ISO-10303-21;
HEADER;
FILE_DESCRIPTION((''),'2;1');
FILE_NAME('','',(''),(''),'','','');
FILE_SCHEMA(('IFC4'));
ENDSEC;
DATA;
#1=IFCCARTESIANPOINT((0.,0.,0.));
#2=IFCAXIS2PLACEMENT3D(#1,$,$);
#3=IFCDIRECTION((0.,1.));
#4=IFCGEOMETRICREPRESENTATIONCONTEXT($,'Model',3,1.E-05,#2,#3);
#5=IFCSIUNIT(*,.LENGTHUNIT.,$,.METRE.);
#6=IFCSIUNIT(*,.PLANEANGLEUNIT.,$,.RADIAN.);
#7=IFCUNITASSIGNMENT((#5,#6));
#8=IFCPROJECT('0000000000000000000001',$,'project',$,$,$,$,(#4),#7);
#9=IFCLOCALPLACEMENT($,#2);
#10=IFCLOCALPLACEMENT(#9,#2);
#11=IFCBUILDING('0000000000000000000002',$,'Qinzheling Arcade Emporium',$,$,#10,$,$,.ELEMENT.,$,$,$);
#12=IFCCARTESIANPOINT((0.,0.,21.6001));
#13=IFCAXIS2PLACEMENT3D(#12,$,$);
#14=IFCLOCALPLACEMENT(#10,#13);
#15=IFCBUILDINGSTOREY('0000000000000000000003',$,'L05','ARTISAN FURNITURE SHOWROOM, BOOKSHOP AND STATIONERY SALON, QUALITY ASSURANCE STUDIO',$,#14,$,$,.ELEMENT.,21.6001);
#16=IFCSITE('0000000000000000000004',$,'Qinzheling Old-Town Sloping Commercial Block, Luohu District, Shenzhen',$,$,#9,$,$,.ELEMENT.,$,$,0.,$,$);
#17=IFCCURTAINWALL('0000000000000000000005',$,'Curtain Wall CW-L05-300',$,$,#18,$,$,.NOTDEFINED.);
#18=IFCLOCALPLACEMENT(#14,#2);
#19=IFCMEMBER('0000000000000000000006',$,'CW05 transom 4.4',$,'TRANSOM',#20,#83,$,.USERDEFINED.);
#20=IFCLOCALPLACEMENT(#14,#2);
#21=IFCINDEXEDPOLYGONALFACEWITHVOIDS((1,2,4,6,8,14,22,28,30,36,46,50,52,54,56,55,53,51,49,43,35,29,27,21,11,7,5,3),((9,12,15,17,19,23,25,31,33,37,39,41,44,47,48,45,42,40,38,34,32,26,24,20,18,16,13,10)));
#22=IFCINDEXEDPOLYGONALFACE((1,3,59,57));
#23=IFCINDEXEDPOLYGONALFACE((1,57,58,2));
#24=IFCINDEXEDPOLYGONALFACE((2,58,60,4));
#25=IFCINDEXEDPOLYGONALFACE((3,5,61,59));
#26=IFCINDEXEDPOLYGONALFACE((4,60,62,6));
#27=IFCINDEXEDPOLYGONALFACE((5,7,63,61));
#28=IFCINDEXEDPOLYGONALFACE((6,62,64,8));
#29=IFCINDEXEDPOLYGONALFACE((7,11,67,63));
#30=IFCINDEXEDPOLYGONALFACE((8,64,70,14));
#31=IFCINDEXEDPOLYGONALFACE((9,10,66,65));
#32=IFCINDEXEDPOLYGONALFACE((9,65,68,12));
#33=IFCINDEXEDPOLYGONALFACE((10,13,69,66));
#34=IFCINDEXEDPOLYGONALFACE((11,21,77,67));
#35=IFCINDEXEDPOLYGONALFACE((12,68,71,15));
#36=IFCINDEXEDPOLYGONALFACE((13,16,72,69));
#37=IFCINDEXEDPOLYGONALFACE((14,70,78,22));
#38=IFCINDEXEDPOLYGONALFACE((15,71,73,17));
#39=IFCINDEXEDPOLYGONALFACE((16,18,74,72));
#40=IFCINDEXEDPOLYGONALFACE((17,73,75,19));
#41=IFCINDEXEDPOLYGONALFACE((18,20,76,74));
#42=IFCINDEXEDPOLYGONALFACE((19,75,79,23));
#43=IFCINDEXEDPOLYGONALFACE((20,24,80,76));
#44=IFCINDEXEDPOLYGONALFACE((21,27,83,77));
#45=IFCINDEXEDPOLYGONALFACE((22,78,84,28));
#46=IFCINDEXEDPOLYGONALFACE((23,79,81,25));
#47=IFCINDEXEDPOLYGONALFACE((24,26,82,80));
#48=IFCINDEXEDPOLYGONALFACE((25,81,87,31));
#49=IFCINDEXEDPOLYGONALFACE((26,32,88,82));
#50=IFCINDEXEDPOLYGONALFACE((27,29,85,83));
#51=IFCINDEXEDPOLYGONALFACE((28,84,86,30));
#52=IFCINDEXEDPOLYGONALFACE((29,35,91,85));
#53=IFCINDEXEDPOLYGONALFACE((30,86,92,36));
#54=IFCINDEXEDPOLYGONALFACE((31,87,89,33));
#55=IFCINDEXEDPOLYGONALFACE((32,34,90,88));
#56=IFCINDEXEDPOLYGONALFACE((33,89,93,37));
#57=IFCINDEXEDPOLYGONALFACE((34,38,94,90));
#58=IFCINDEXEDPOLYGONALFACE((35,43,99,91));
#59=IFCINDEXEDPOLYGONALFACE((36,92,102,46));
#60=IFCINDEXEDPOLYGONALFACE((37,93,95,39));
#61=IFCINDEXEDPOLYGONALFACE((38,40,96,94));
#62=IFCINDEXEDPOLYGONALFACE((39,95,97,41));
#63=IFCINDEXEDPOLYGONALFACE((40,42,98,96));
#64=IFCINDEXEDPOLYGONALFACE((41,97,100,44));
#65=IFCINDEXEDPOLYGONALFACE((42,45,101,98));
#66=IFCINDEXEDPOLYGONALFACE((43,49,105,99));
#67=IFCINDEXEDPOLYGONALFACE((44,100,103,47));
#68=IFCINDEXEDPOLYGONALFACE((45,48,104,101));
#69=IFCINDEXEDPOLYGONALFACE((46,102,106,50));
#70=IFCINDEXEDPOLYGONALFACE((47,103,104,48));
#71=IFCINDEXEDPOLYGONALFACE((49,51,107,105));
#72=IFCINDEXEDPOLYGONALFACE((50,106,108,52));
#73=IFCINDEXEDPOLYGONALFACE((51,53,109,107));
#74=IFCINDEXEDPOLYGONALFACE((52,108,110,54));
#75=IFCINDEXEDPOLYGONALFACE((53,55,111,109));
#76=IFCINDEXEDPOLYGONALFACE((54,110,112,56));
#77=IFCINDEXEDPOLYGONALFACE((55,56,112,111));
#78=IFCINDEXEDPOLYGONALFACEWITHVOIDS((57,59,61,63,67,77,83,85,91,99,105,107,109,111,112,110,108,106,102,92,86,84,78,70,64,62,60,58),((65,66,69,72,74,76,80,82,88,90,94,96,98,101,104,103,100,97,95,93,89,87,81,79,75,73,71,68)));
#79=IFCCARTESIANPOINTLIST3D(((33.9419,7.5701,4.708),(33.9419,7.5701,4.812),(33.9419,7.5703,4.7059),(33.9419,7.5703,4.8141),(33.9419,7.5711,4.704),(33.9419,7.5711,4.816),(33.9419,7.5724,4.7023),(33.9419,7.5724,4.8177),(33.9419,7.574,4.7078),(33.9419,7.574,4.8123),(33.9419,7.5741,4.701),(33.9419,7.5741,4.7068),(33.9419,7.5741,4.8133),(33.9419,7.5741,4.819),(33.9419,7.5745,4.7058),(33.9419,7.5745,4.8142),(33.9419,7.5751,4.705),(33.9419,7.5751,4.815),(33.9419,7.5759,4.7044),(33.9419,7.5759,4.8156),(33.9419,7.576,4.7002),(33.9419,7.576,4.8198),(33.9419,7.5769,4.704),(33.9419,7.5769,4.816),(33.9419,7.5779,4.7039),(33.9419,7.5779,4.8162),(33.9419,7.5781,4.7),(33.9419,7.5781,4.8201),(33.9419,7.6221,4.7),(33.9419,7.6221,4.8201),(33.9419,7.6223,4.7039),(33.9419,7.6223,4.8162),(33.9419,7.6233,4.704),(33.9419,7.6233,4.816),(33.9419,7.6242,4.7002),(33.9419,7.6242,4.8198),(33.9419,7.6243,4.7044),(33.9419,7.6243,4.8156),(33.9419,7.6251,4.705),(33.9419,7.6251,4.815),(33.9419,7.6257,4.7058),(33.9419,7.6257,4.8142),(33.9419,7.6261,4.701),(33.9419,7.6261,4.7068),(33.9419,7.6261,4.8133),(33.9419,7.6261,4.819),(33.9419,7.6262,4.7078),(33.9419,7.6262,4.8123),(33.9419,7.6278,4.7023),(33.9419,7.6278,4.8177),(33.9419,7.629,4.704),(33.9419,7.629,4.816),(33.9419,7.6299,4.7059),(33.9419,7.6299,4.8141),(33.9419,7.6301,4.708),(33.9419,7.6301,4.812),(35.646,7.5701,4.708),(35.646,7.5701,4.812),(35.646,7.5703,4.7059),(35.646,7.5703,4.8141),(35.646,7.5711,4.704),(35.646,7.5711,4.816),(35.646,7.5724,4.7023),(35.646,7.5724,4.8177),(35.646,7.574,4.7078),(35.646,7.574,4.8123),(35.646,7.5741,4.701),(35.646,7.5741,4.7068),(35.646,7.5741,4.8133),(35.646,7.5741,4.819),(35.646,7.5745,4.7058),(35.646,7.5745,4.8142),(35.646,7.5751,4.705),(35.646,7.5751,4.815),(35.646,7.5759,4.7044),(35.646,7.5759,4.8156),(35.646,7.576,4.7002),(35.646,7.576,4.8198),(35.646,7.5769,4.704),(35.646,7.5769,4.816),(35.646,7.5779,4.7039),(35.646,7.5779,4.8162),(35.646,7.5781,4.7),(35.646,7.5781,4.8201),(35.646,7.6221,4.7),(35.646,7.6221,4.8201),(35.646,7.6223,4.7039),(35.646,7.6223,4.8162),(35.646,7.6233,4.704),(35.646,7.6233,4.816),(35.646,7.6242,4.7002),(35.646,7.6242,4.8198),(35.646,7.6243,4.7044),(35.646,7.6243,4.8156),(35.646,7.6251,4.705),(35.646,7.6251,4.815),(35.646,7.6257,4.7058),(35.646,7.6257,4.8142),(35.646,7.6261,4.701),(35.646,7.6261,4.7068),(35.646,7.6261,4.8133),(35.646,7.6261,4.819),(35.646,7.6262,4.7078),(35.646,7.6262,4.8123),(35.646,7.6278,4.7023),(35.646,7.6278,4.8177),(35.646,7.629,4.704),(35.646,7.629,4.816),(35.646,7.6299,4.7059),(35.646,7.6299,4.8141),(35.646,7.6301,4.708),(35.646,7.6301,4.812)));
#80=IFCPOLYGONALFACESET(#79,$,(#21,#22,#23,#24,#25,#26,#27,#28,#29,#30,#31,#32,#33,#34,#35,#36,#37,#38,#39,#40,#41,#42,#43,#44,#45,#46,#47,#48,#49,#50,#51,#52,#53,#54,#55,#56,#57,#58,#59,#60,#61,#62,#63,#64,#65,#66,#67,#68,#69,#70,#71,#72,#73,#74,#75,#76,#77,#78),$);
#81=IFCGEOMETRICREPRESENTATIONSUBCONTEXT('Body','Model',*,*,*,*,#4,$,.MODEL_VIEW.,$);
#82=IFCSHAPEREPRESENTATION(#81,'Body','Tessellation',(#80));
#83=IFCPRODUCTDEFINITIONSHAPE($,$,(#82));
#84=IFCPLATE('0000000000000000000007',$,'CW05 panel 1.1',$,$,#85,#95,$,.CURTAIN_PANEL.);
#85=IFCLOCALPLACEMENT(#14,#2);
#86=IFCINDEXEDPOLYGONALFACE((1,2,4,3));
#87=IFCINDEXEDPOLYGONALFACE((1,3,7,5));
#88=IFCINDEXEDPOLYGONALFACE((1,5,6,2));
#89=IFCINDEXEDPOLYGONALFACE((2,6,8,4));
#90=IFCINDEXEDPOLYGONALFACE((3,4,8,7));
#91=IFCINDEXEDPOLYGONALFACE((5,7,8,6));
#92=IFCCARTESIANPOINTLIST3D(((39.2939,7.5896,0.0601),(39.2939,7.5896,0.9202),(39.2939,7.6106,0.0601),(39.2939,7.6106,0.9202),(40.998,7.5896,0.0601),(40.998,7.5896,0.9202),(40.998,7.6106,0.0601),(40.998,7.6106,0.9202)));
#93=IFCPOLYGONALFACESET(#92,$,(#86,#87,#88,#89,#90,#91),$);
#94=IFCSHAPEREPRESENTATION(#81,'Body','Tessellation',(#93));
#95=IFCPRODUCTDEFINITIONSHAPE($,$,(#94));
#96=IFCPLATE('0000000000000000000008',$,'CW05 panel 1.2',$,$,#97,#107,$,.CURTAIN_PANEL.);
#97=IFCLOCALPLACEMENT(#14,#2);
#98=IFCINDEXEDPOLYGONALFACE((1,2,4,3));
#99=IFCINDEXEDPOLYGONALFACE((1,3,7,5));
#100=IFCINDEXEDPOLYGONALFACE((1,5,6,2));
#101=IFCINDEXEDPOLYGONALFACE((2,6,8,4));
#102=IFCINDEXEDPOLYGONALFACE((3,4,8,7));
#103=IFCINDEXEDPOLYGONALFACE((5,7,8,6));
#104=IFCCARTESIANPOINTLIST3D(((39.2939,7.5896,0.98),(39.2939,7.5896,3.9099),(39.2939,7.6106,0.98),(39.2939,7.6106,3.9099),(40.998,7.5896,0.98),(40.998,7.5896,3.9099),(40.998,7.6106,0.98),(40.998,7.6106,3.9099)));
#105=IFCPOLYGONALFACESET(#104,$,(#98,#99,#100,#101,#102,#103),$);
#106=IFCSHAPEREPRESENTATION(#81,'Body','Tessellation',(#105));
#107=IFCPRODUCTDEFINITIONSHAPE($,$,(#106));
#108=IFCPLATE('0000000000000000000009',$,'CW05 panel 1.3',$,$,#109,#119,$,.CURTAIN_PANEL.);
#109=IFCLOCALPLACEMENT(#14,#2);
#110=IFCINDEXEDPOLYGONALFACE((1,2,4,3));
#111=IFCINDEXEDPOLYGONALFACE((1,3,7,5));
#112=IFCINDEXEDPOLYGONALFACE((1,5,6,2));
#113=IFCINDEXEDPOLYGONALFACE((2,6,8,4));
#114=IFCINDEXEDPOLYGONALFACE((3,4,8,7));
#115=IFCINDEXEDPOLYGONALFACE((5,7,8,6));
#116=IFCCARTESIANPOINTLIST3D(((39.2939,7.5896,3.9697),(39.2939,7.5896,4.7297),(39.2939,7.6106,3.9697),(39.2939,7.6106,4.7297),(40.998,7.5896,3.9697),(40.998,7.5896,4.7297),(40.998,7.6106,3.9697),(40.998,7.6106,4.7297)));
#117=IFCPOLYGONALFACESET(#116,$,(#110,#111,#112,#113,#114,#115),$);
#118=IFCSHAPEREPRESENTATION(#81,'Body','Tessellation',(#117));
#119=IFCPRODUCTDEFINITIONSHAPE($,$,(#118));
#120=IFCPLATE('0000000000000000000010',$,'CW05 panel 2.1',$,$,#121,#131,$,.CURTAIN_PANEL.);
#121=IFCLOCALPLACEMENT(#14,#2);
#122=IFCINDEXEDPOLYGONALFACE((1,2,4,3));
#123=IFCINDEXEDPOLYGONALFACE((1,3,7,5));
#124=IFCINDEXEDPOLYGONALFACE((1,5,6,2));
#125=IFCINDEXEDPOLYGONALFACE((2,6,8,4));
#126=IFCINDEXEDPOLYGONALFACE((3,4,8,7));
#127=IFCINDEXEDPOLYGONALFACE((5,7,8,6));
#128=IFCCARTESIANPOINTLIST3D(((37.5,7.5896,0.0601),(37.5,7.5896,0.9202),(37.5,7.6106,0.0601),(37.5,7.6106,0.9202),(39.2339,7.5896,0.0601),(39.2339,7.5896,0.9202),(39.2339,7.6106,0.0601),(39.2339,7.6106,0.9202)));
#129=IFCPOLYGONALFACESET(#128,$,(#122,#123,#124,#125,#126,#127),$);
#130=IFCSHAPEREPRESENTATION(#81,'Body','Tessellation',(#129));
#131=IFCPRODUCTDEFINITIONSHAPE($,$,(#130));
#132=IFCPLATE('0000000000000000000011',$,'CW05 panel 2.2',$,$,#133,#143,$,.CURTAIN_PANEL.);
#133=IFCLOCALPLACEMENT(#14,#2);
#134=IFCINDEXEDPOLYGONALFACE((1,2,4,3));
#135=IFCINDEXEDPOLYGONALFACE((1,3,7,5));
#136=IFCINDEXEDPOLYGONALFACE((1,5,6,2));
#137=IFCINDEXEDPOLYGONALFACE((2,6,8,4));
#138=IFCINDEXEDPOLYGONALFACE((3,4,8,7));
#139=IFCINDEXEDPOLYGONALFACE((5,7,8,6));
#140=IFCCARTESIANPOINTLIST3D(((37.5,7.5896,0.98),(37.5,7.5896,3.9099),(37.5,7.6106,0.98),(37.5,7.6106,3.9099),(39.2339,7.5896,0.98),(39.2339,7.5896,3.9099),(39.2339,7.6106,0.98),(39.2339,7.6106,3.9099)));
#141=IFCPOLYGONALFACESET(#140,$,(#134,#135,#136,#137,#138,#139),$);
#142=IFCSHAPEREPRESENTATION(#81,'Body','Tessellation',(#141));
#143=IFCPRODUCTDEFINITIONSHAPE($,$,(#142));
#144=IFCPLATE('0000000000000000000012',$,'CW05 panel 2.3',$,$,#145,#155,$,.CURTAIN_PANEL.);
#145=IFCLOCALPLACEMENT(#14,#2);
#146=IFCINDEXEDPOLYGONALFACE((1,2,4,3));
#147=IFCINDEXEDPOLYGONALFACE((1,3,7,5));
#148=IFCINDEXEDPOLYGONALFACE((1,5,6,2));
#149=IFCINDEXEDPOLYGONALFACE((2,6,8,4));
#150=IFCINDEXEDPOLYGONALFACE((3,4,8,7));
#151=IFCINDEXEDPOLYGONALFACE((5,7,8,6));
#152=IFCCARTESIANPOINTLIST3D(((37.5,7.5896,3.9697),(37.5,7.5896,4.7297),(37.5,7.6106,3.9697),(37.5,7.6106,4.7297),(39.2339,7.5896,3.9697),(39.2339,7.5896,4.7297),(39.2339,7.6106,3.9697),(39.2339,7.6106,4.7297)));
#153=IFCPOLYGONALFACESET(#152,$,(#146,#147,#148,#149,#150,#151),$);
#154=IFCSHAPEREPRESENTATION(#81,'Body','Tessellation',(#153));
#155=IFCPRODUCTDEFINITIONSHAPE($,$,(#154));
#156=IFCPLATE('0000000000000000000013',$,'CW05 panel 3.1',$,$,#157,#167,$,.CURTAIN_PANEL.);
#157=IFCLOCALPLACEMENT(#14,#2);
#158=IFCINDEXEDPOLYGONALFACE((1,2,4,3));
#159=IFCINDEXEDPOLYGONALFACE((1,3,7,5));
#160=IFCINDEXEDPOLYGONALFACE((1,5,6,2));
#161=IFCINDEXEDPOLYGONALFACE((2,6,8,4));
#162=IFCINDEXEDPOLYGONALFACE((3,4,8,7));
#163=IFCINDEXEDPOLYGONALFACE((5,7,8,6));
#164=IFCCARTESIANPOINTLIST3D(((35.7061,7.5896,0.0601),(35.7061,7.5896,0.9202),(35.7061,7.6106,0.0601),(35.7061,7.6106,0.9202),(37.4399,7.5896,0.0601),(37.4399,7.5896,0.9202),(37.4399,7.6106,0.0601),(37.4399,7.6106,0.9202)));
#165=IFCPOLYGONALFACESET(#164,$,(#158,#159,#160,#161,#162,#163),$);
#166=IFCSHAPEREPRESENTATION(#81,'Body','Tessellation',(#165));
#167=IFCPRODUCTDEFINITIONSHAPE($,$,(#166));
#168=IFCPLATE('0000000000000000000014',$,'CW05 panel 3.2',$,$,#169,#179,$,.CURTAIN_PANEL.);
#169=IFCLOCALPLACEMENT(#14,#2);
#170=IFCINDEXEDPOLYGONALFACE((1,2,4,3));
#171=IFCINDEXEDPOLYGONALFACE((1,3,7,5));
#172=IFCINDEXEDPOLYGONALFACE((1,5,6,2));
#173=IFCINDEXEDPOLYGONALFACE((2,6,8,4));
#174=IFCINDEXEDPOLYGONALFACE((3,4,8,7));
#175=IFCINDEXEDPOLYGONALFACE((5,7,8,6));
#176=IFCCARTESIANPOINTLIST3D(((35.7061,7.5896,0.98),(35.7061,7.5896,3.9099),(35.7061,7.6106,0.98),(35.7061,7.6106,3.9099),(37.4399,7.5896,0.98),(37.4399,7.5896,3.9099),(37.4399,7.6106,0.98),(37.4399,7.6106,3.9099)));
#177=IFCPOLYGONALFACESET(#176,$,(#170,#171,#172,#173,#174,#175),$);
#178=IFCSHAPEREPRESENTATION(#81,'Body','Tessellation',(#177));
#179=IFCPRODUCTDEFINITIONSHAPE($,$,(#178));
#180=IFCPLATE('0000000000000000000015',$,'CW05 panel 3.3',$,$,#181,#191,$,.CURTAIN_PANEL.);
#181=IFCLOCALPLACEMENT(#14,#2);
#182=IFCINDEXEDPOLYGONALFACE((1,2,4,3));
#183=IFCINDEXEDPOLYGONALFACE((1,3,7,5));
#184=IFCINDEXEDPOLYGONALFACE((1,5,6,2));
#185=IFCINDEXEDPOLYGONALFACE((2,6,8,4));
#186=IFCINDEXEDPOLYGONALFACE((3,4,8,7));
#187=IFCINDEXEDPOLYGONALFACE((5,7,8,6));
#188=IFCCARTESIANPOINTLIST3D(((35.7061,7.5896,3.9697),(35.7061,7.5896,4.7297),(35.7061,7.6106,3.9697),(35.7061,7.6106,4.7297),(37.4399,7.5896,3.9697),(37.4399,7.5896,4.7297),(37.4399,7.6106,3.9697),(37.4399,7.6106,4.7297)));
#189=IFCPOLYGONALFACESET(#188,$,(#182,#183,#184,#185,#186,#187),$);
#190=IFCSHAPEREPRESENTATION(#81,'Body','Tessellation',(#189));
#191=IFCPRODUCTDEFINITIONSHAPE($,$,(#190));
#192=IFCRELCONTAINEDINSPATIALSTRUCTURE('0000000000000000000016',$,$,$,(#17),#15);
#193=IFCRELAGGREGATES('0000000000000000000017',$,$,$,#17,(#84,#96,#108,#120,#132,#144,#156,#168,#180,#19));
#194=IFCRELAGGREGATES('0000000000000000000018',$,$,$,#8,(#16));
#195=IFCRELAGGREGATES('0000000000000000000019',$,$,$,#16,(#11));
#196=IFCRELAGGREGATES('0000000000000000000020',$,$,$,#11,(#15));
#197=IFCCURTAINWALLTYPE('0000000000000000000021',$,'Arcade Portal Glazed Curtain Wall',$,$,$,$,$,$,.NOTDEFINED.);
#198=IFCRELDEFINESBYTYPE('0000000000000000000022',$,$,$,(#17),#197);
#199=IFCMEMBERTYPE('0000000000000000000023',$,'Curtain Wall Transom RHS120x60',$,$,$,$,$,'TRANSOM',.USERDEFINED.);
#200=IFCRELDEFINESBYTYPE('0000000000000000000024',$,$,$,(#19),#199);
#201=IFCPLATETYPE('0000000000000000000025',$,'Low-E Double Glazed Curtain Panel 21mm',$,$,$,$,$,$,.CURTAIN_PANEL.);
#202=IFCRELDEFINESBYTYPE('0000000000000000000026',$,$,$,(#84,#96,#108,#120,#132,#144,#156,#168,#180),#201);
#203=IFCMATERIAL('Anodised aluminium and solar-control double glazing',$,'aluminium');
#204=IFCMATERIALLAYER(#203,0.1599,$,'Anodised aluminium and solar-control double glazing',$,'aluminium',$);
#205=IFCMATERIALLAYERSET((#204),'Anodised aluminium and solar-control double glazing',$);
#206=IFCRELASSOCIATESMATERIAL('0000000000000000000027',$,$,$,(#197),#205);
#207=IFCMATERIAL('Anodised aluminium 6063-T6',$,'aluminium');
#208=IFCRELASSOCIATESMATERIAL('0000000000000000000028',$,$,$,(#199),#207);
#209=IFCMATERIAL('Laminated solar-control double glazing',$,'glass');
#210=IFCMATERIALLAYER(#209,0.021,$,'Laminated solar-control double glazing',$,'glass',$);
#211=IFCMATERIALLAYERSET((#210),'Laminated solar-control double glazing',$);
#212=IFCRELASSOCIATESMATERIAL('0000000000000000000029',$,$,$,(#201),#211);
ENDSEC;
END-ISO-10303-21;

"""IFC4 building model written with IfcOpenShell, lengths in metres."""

from ifc_helpers import new_model, si_unit, direction, frame, origin, origin_2d, place, context, subcontext, project, spatial, rectangle, hollow_rectangle, extrude, material, layer, layer_set, material_profile, profile_set, type_object, element, aggregate, save


model = new_model("IFC4")

# Units and contexts
model_context = context("Model", 3, precision=1e-05, world=origin(), true_north=direction((0.0, 1.0)))
body_context = subcontext(model_context, "Body", "Model", "MODEL_VIEW")
ifc_project = project(units=[si_unit("LENGTHUNIT", "METRE"), si_unit("PLANEANGLEUNIT", "RADIAN")], contexts=[model_context])

# Site, building, storey
site_placement = place(None, origin())
site = spatial("IfcSite", under=ifc_project, at=site_placement, Name="Qinzheling Old-Town Sloping Commercial Block, Luohu District, Shenzhen", CompositionType="ELEMENT", RefElevation=0.0)
building_placement = place(site_placement, origin())
building = spatial("IfcBuilding", under=site, at=building_placement, Name="Qinzheling Arcade Emporium", CompositionType="ELEMENT")
storey_placement = place(building_placement, frame((0.0, 0.0, 21.6001)))
storey = spatial("IfcBuildingStorey", under=building, at=storey_placement, Name="L05", Description="ARTISAN FURNITURE SHOWROOM, BOOKSHOP AND STATIONERY SALON, QUALITY ASSURANCE STUDIO", CompositionType="ELEMENT", Elevation=21.6001)

# Shared definitions
ifc_material_1 = material(Name="Anodised aluminium and solar-control double glazing", Category="aluminium")
ifc_layer_1 = layer(ifc_material_1, 0.1599, Name="Anodised aluminium and solar-control double glazing", Category="aluminium")
ifc_layer_set_1 = layer_set([ifc_layer_1], Name="Anodised aluminium and solar-control double glazing")
curtain_wall_type = type_object("IfcCurtainWallType", Name="Arcade Portal Glazed Curtain Wall", PredefinedType="NOTDEFINED", material=ifc_layer_set_1)
ifc_material_2 = material(Name="Anodised aluminium 6063-T6", Category="aluminium")

# Curtain wall, member, plates
curtain_wall_1_placement = place(storey_placement, origin())
curtain_wall_1 = element("IfcCurtainWall", 1, at=curtain_wall_1_placement, inside=storey, type_object=curtain_wall_type, Name="Curtain Wall CW-L05-300", PredefinedType="NOTDEFINED")
ifc_material_profile_1 = material_profile(ifc_material_2, hollow_rectangle(XDim=0.0601, YDim=0.1201, WallThickness=0.0039, InnerFilletRadius=0.0039, OuterFilletRadius=0.0081, at=origin_2d()), Name="RHS 120x60x4", Category="aluminium")
ifc_profile_set_1 = profile_set([ifc_material_profile_1], Name="Anodised aluminium 6063-T6")
member_type_1 = type_object("IfcMemberType", Name="Curtain Wall Transom RHS120x60", ElementType="TRANSOM", PredefinedType="USERDEFINED", material=ifc_profile_set_1)
member_1_placement = place(storey_placement, frame((35.646, 7.6001, 4.76), z_axis=(-1.0, 0.0, 0.0), x_axis=(0.0, -1.0, 0.0)))
member_1 = element("IfcMember", 2, at=member_1_placement, type_object=member_type_1, Name="CW05 transom 4.4", ObjectType="TRANSOM", PredefinedType="USERDEFINED", context=body_context, shape_type="SweptSolid", body=[
    extrude(hollow_rectangle(XDim=0.0601, YDim=0.1201, WallThickness=0.0039, InnerFilletRadius=0.0039, OuterFilletRadius=0.0081, at=origin_2d()), origin(), (0.0, 0.0, 1.0), 1.7041),
])
ifc_material_3 = material(Name="Laminated solar-control double glazing", Category="glass")
ifc_layer_2 = layer(ifc_material_3, 0.021, Name="Laminated solar-control double glazing", Category="glass")
ifc_layer_set_2 = layer_set([ifc_layer_2], Name="Laminated solar-control double glazing")
plate_type_1 = type_object("IfcPlateType", Name="Low-E Double Glazed Curtain Panel 21mm", PredefinedType="CURTAIN_PANEL", material=ifc_layer_set_2)
plate_1_placement = place(storey_placement, frame((40.146, 7.6001, 0.0601), z_axis=(0.0, 0.0, 1.0), x_axis=(-1.0, 0.0, 0.0)))
plate_1 = element("IfcPlate", 3, at=plate_1_placement, type_object=plate_type_1, Name="CW05 panel 1.1", PredefinedType="CURTAIN_PANEL", context=body_context, shape_type="SweptSolid", body=[
    extrude(rectangle(XDim=1.7041, YDim=0.021, at=origin_2d()), origin(), (0.0, 0.0, 1.0), 0.8601),
])
plate_2_placement = place(storey_placement, frame((40.146, 7.6001, 0.98), z_axis=(0.0, 0.0, 1.0), x_axis=(-1.0, 0.0, 0.0)))
plate_2 = element("IfcPlate", 4, at=plate_2_placement, type_object=plate_type_1, Name="CW05 panel 1.2", PredefinedType="CURTAIN_PANEL", context=body_context, shape_type="SweptSolid", body=[
    extrude(rectangle(XDim=1.7041, YDim=0.021, at=origin_2d()), origin(), (0.0, 0.0, 1.0), 2.9299),
])
plate_3_placement = place(storey_placement, frame((40.146, 7.6001, 3.9697), z_axis=(0.0, 0.0, 1.0), x_axis=(-1.0, 0.0, 0.0)))
plate_3 = element("IfcPlate", 5, at=plate_3_placement, type_object=plate_type_1, Name="CW05 panel 1.3", PredefinedType="CURTAIN_PANEL", context=body_context, shape_type="SweptSolid", body=[
    extrude(rectangle(XDim=1.7041, YDim=0.021, at=origin_2d()), origin(), (0.0, 0.0, 1.0), 0.76),
])
plate_4_placement = place(storey_placement, frame((38.3669, 7.6001, 0.0601), z_axis=(0.0, 0.0, 1.0), x_axis=(-1.0, 0.0, 0.0)))
plate_4 = element("IfcPlate", 6, at=plate_4_placement, type_object=plate_type_1, Name="CW05 panel 2.1", PredefinedType="CURTAIN_PANEL", context=body_context, shape_type="SweptSolid", body=[
    extrude(rectangle(XDim=1.7339, YDim=0.021, at=origin_2d()), origin(), (0.0, 0.0, 1.0), 0.8601),
])
plate_5_placement = place(storey_placement, frame((38.3669, 7.6001, 0.98), z_axis=(0.0, 0.0, 1.0), x_axis=(-1.0, 0.0, 0.0)))
plate_5 = element("IfcPlate", 7, at=plate_5_placement, type_object=plate_type_1, Name="CW05 panel 2.2", PredefinedType="CURTAIN_PANEL", context=body_context, shape_type="SweptSolid", body=[
    extrude(rectangle(XDim=1.7339, YDim=0.021, at=origin_2d()), origin(), (0.0, 0.0, 1.0), 2.9299),
])
plate_6_placement = place(storey_placement, frame((38.3669, 7.6001, 3.9697), z_axis=(0.0, 0.0, 1.0), x_axis=(-1.0, 0.0, 0.0)))
plate_6 = element("IfcPlate", 8, at=plate_6_placement, type_object=plate_type_1, Name="CW05 panel 2.3", PredefinedType="CURTAIN_PANEL", context=body_context, shape_type="SweptSolid", body=[
    extrude(rectangle(XDim=1.7339, YDim=0.021, at=origin_2d()), origin(), (0.0, 0.0, 1.0), 0.76),
])
plate_7_placement = place(storey_placement, frame((36.573, 7.6001, 0.0601), z_axis=(0.0, 0.0, 1.0), x_axis=(-1.0, 0.0, 0.0)))
plate_7 = element("IfcPlate", 9, at=plate_7_placement, type_object=plate_type_1, Name="CW05 panel 3.1", PredefinedType="CURTAIN_PANEL", context=body_context, shape_type="SweptSolid", body=[
    extrude(rectangle(XDim=1.7339, YDim=0.021, at=origin_2d()), origin(), (0.0, 0.0, 1.0), 0.8601),
])
plate_8_placement = place(storey_placement, frame((36.573, 7.6001, 0.98), z_axis=(0.0, 0.0, 1.0), x_axis=(-1.0, 0.0, 0.0)))
plate_8 = element("IfcPlate", 10, at=plate_8_placement, type_object=plate_type_1, Name="CW05 panel 3.2", PredefinedType="CURTAIN_PANEL", context=body_context, shape_type="SweptSolid", body=[
    extrude(rectangle(XDim=1.7339, YDim=0.021, at=origin_2d()), origin(), (0.0, 0.0, 1.0), 2.9299),
])
plate_9_placement = place(storey_placement, frame((36.573, 7.6001, 3.9697), z_axis=(0.0, 0.0, 1.0), x_axis=(-1.0, 0.0, 0.0)))
plate_9 = element("IfcPlate", 11, at=plate_9_placement, type_object=plate_type_1, Name="CW05 panel 3.3", PredefinedType="CURTAIN_PANEL", context=body_context, shape_type="SweptSolid", body=[
    extrude(rectangle(XDim=1.7339, YDim=0.021, at=origin_2d()), origin(), (0.0, 0.0, 1.0), 0.76),
])
aggregate(curtain_wall_1, [plate_1, plate_2, plate_3, plate_4, plate_5, plate_6, plate_7, plate_8, plate_9, member_1])

save(model, "model.ifc")
